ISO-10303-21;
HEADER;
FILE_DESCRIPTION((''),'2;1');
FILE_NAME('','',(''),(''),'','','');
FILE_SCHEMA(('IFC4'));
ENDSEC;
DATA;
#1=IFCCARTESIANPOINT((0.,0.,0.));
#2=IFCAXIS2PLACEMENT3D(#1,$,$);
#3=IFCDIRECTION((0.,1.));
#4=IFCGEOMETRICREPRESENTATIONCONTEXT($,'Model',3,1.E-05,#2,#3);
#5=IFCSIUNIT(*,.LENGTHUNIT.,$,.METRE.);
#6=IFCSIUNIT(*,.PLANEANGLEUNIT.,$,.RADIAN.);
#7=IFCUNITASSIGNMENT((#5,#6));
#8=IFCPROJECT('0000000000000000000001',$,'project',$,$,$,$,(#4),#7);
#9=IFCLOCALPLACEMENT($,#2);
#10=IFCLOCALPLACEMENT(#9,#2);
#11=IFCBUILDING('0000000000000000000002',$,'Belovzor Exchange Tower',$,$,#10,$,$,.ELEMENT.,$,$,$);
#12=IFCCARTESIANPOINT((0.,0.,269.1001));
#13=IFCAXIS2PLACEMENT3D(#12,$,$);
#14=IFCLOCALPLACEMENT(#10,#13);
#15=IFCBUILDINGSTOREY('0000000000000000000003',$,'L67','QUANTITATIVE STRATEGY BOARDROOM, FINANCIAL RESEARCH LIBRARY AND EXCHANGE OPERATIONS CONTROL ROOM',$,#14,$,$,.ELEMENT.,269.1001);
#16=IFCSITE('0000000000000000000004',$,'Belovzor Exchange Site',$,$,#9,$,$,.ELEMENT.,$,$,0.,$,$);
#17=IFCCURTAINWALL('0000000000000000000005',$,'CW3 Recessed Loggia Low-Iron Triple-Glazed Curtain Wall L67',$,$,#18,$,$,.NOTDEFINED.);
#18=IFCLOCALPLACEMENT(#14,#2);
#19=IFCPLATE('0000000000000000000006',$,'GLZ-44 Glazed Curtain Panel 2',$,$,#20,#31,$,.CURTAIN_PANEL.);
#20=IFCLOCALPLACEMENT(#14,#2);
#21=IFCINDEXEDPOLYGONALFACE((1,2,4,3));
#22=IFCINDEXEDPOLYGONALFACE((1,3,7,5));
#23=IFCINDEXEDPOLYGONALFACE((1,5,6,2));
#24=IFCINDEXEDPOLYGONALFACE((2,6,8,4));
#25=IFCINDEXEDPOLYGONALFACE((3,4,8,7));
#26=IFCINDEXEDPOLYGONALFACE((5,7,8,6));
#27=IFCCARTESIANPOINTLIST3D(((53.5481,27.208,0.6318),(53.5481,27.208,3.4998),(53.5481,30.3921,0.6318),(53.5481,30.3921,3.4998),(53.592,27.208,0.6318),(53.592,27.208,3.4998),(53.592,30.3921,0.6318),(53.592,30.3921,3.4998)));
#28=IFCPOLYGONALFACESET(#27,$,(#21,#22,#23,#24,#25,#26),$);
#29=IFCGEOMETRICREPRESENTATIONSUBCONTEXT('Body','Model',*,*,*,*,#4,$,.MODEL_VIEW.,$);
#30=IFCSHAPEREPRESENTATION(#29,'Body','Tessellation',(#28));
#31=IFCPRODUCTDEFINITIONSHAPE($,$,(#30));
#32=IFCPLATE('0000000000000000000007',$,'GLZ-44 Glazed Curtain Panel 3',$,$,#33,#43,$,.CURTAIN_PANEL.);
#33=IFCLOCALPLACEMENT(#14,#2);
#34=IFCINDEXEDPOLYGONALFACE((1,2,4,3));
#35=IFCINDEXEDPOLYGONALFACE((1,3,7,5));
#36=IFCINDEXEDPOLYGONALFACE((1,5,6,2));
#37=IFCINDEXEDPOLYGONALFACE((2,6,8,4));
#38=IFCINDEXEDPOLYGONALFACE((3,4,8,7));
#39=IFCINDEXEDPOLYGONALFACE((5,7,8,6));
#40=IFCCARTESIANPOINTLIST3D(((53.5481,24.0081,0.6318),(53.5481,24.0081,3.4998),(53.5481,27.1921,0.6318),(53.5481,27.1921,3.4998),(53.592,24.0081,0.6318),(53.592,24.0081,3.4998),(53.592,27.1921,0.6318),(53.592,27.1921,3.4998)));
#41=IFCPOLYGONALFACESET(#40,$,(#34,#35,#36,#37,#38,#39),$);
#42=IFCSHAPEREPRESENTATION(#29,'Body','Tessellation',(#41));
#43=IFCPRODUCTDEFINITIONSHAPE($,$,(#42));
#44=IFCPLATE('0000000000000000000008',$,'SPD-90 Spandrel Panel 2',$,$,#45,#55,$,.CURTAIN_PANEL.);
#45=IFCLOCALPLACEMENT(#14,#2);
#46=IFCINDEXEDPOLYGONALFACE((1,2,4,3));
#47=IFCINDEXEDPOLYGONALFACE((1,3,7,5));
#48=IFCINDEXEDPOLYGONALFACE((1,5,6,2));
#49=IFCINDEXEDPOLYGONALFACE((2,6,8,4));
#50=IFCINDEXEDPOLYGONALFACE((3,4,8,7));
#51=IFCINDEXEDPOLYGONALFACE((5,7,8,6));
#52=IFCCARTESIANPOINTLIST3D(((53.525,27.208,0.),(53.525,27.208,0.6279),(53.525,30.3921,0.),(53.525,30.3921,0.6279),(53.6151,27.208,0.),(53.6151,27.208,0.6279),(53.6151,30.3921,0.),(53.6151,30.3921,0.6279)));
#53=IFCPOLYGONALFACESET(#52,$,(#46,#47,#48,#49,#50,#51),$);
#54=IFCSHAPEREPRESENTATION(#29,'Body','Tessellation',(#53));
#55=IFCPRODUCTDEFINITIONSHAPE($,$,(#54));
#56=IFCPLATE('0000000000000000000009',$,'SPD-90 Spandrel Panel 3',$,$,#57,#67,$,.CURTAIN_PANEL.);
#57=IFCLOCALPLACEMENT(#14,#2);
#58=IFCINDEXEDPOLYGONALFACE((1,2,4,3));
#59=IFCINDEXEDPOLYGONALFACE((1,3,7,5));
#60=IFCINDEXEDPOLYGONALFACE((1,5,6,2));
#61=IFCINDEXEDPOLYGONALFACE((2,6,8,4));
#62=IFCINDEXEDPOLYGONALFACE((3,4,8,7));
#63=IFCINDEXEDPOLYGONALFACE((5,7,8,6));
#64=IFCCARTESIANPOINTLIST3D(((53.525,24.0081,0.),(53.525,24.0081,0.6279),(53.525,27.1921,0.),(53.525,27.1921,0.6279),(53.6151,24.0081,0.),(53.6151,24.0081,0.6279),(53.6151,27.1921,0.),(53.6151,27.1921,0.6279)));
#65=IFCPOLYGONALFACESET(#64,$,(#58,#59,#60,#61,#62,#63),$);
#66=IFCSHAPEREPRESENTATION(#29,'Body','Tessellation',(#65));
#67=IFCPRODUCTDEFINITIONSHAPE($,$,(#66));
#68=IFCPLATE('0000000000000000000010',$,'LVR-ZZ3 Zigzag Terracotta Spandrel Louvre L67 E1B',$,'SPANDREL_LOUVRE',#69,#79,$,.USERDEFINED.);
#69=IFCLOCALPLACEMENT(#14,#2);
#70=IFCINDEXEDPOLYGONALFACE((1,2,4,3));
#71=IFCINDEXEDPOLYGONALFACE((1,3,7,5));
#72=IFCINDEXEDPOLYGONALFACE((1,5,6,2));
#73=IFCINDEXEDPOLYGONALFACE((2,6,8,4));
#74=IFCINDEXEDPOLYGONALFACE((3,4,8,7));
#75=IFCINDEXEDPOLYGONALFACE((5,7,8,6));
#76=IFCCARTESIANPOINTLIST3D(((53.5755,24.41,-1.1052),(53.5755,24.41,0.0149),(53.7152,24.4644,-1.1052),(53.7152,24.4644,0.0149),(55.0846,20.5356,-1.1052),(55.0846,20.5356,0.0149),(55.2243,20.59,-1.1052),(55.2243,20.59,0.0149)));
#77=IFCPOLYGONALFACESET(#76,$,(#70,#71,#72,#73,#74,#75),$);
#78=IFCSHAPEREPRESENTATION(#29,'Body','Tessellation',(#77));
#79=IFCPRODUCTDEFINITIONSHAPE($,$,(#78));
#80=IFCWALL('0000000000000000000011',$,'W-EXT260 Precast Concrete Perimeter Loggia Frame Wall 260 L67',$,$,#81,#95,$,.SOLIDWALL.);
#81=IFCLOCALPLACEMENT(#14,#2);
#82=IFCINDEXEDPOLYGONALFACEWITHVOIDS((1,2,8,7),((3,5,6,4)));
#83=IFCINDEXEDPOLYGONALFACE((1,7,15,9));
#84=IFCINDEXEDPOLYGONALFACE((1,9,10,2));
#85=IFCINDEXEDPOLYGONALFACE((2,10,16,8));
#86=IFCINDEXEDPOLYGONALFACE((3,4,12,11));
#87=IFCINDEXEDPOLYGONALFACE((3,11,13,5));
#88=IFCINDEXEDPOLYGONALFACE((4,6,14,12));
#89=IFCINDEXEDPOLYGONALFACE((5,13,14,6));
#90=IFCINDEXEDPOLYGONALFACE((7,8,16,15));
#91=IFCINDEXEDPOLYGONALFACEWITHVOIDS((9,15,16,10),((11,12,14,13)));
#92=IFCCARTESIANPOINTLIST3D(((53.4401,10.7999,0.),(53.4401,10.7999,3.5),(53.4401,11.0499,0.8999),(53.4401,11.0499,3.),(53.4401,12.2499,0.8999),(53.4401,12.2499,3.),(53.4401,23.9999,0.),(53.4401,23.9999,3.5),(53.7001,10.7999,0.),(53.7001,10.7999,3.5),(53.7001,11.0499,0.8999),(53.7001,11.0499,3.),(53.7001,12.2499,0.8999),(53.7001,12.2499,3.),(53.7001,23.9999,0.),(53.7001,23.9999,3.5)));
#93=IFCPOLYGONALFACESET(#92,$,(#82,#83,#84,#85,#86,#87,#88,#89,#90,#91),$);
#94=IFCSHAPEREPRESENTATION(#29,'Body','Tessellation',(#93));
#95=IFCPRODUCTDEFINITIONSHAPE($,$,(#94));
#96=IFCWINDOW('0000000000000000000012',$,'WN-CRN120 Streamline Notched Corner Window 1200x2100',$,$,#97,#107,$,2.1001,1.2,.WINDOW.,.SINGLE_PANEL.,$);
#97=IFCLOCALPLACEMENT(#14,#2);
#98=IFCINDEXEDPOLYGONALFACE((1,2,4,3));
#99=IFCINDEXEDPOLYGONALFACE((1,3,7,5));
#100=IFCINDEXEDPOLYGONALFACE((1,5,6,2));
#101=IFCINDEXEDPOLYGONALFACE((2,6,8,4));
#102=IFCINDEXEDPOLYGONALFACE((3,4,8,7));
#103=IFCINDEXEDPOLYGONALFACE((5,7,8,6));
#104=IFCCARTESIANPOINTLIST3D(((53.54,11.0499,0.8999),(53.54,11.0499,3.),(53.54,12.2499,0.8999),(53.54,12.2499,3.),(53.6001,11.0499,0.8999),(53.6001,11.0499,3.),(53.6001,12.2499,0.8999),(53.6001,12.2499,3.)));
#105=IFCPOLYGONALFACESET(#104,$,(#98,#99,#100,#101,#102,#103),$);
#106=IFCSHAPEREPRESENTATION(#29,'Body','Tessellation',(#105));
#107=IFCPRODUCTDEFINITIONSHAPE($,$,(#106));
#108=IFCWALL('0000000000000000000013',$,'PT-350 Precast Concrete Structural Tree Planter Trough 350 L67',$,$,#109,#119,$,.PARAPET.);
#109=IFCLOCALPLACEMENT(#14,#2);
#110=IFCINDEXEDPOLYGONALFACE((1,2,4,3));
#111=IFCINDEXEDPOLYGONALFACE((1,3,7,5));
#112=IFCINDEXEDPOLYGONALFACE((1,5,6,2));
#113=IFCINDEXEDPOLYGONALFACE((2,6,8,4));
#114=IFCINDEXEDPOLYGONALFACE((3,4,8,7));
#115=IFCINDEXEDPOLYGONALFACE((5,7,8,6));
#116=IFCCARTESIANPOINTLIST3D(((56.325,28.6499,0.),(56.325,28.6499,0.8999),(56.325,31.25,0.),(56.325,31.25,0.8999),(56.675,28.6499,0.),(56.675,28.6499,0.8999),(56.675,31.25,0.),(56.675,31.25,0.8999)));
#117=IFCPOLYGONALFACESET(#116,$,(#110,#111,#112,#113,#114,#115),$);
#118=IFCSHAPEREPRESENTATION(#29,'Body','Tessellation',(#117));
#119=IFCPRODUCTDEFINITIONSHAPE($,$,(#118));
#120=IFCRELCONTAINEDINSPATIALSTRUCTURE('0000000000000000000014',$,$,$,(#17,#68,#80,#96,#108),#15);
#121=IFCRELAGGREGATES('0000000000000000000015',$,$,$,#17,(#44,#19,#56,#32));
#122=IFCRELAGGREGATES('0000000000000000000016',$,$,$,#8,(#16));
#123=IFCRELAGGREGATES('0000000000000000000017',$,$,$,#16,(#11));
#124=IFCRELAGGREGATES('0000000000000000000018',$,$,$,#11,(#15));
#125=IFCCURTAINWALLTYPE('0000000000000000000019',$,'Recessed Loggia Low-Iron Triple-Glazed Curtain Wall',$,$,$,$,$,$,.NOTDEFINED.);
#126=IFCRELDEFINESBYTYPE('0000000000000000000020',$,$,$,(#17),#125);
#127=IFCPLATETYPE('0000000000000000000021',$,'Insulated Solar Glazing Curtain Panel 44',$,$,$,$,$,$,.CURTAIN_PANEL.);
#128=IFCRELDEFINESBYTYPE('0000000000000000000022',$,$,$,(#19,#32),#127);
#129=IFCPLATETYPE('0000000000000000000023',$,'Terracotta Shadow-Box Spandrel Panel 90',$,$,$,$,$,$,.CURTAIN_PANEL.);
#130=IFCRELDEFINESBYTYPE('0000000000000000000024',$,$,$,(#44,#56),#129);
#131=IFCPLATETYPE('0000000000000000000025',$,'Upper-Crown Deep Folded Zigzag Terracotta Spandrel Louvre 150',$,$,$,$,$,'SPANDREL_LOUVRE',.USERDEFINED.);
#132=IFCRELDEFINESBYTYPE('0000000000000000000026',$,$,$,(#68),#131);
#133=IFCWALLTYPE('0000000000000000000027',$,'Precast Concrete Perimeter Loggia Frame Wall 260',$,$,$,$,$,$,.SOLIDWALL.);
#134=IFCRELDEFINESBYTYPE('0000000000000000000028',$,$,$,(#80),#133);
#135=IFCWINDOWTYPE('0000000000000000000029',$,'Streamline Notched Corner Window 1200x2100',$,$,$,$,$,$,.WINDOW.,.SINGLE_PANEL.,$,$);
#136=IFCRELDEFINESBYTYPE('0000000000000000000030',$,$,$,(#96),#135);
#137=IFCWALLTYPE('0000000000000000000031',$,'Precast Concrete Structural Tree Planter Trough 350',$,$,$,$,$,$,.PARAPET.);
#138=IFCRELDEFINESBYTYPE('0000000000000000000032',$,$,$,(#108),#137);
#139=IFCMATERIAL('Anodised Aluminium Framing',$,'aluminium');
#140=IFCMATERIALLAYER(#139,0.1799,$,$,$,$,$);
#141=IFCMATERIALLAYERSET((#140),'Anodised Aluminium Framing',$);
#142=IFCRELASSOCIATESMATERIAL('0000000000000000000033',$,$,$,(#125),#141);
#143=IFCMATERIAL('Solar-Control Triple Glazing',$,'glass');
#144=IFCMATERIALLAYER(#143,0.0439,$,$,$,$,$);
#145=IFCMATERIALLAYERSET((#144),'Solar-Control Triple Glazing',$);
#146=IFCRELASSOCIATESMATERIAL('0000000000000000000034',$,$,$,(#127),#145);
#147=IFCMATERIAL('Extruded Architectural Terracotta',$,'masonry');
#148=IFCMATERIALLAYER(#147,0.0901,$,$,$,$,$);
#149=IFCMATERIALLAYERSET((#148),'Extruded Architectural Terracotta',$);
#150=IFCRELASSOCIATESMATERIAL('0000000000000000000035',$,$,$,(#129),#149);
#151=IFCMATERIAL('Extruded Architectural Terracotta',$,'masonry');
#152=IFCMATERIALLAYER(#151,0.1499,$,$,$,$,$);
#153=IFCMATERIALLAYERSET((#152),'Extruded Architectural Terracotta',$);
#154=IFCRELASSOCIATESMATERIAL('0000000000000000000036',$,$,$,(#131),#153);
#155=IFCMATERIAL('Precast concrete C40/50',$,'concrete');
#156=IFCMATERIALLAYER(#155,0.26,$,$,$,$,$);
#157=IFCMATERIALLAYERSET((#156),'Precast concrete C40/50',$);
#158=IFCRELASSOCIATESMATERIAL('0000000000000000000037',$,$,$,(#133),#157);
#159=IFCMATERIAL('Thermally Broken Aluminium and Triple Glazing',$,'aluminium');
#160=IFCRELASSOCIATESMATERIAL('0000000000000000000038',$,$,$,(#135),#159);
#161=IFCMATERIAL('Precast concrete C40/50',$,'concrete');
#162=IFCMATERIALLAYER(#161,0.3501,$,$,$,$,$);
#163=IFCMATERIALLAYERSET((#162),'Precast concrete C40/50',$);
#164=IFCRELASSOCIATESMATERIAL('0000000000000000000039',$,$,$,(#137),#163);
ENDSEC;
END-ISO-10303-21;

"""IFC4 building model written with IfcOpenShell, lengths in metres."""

from ifc_helpers import new_model, si_unit, direction, frame, frame_2d, origin, origin_2d, place, context, subcontext, project, spatial, rectangle, extrude, material, layer, layer_set, type_object, element, fill, aggregate, save


model = new_model("IFC4")

# Units and contexts
model_context = context("Model", 3, precision=1e-05, world=origin(), true_north=direction((0.0, 1.0)))
body_context = subcontext(model_context, "Body", "Model", "MODEL_VIEW")
ifc_project = project(units=[si_unit("LENGTHUNIT", "METRE"), si_unit("PLANEANGLEUNIT", "RADIAN")], contexts=[model_context])

# Site, building, storey
site_placement = place(None, origin())
site = spatial("IfcSite", under=ifc_project, at=site_placement, Name="Belovzor Exchange Site", CompositionType="ELEMENT", RefElevation=0.0)
building_placement = place(site_placement, origin())
building = spatial("IfcBuilding", under=site, at=building_placement, Name="Belovzor Exchange Tower", CompositionType="ELEMENT")
storey_placement = place(building_placement, frame((0.0, 0.0, 269.1001)))
storey = spatial("IfcBuildingStorey", under=building, at=storey_placement, Name="L67", Description="QUANTITATIVE STRATEGY BOARDROOM, FINANCIAL RESEARCH LIBRARY AND EXCHANGE OPERATIONS CONTROL ROOM", CompositionType="ELEMENT", Elevation=269.1001)

# Curtain wall
ifc_material_1 = material(Name="Anodised Aluminium Framing", Category="aluminium")
ifc_layer_1 = layer(ifc_material_1, 0.1799)
ifc_layer_set_1 = layer_set([ifc_layer_1], Name="Anodised Aluminium Framing")
curtain_wall_type = type_object("IfcCurtainWallType", Name="Recessed Loggia Low-Iron Triple-Glazed Curtain Wall", PredefinedType="NOTDEFINED", material=ifc_layer_set_1)
curtain_wall_placement = place(storey_placement, origin())
curtain_wall = element("IfcCurtainWall", 1, at=curtain_wall_placement, inside=storey, type_object=curtain_wall_type, Name="CW3 Recessed Loggia Low-Iron Triple-Glazed Curtain Wall L67", PredefinedType="NOTDEFINED")

# Plates
ifc_material_2 = material(Name="Solar-Control Triple Glazing", Category="glass")
ifc_layer_2 = layer(ifc_material_2, 0.0439)
ifc_layer_set_2 = layer_set([ifc_layer_2], Name="Solar-Control Triple Glazing")
plate_type_1 = type_object("IfcPlateType", Name="Insulated Solar Glazing Curtain Panel 44", PredefinedType="CURTAIN_PANEL", material=ifc_layer_set_2)
plate_1_placement = place(storey_placement, frame((53.5701, 28.8, 0.6318), z_axis=(0.0, 0.0, 1.0), x_axis=(0.0, -1.0, 0.0)))
plate_1 = element("IfcPlate", 2, at=plate_1_placement, type_object=plate_type_1, Name="GLZ-44 Glazed Curtain Panel 2", PredefinedType="CURTAIN_PANEL", context=body_context, shape_type="SweptSolid", body=[
    extrude(rectangle(XDim=3.1841, YDim=0.0439, at=origin_2d()), origin(), (0.0, 0.0, 1.0), 2.8679),
])
plate_2_placement = place(storey_placement, frame((53.5701, 25.6001, 0.6318), z_axis=(0.0, 0.0, 1.0), x_axis=(0.0, -1.0, 0.0)))
plate_2 = element("IfcPlate", 3, at=plate_2_placement, type_object=plate_type_1, Name="GLZ-44 Glazed Curtain Panel 3", PredefinedType="CURTAIN_PANEL", context=body_context, shape_type="SweptSolid", body=[
    extrude(rectangle(XDim=3.1841, YDim=0.0439, at=origin_2d()), origin(), (0.0, 0.0, 1.0), 2.8679),
])
ifc_material_3 = material(Name="Extruded Architectural Terracotta", Category="masonry")
ifc_layer_3 = layer(ifc_material_3, 0.0901)
ifc_layer_set_3 = layer_set([ifc_layer_3], Name="Extruded Architectural Terracotta")
plate_type_2 = type_object("IfcPlateType", Name="Terracotta Shadow-Box Spandrel Panel 90", PredefinedType="CURTAIN_PANEL", material=ifc_layer_set_3)
plate_3_placement = place(storey_placement, frame((53.5701, 28.8, 0.0), z_axis=(0.0, 0.0, 1.0), x_axis=(0.0, -1.0, 0.0)))
plate_3 = element("IfcPlate", 4, at=plate_3_placement, type_object=plate_type_2, Name="SPD-90 Spandrel Panel 2", PredefinedType="CURTAIN_PANEL", context=body_context, shape_type="SweptSolid", body=[
    extrude(rectangle(XDim=3.1841, YDim=0.0901, at=origin_2d()), origin(), (0.0, 0.0, 1.0), 0.6279),
])
plate_4_placement = place(storey_placement, frame((53.5701, 25.6001, 0.0), z_axis=(0.0, 0.0, 1.0), x_axis=(0.0, -1.0, 0.0)))
plate_4 = element("IfcPlate", 5, at=plate_4_placement, type_object=plate_type_2, Name="SPD-90 Spandrel Panel 3", PredefinedType="CURTAIN_PANEL", context=body_context, shape_type="SweptSolid", body=[
    extrude(rectangle(XDim=3.1841, YDim=0.0901, at=origin_2d()), origin(), (0.0, 0.0, 1.0), 0.6279),
])
aggregate(curtain_wall, [plate_3, plate_1, plate_4, plate_2])
ifc_material_4 = material(Name="Extruded Architectural Terracotta", Category="masonry")
ifc_layer_4 = layer(ifc_material_4, 0.1499)
ifc_layer_set_4 = layer_set([ifc_layer_4], Name="Extruded Architectural Terracotta")
plate_type_3 = type_object("IfcPlateType", Name="Upper-Crown Deep Folded Zigzag Terracotta Spandrel Louvre 150", ElementType="SPANDREL_LOUVRE", PredefinedType="USERDEFINED", material=ifc_layer_set_4)
plate_5_placement = place(storey_placement, frame((54.3999, 22.5, -1.1052), z_axis=(0.0, 0.0, 1.0), x_axis=(-0.362926, 0.931818, 0.0)))
element("IfcPlate", 6, at=plate_5_placement, inside=storey, type_object=plate_type_3, Name="LVR-ZZ3 Zigzag Terracotta Spandrel Louvre L67 E1B", ObjectType="SPANDREL_LOUVRE", PredefinedType="USERDEFINED", context=body_context, shape_type="SweptSolid", body=[
    extrude(rectangle(XDim=4.158, YDim=0.1499, at=origin_2d()), origin(), (0.0, 0.0, 1.0), 1.1201),
])

# Wall, opening, window
ifc_material_5 = material(Name="Precast concrete C40/50", Category="concrete")
ifc_layer_5 = layer(ifc_material_5, 0.26)
ifc_layer_set_5 = layer_set([ifc_layer_5], Name="Precast concrete C40/50")
wall_type_1 = type_object("IfcWallType", Name="Precast Concrete Perimeter Loggia Frame Wall 260", PredefinedType="SOLIDWALL", material=ifc_layer_set_5)
wall_1_placement = place(storey_placement, frame((53.5701, 24.0, 0.0), z_axis=(0.0, 0.0, 1.0), x_axis=(0.0, -1.0, 0.0)))
wall_1 = element("IfcWall", 7, at=wall_1_placement, inside=storey, type_object=wall_type_1, Name="W-EXT260 Precast Concrete Perimeter Loggia Frame Wall 260 L67", PredefinedType="SOLIDWALL", context=body_context, shape_type="SweptSolid", body=[
    extrude(rectangle(XDim=13.2, YDim=0.26, at=frame_2d((6.6001, 0.0))), origin(), (0.0, 0.0, 1.0), 3.5),
])
opening_placement = place(wall_1_placement, frame((11.75, 0.0, 0.8999)))
opening = element("IfcOpeningElement", 8, at=opening_placement, cuts=wall_1, PredefinedType="OPENING", context=body_context, shape_type="SweptSolid", body=[
    extrude(rectangle(XDim=1.2, YDim=2.1001, at=frame_2d((0.6001, 1.05))), frame((0.0, 0.1399, 0.0), z_axis=(0.0, -1.0, 0.0), x_axis=(1.0, 0.0, 0.0)), (0.0, 0.0, 1.0), 0.28),
])
ifc_material_6 = material(Name="Thermally Broken Aluminium and Triple Glazing", Category="aluminium")
window_type = type_object("IfcWindowType", Name="Streamline Notched Corner Window 1200x2100", PartitioningType="SINGLE_PANEL", PredefinedType="WINDOW", material=ifc_material_6)
window_placement = place(opening_placement, origin())
window = element("IfcWindow", 9, at=window_placement, inside=storey, type_object=window_type, Name="WN-CRN120 Streamline Notched Corner Window 1200x2100", OverallHeight=2.1001, OverallWidth=1.2, PartitioningType="SINGLE_PANEL", PredefinedType="WINDOW", context=body_context, shape_type="SweptSolid", body=[
    extrude(rectangle(XDim=1.2, YDim=2.1001, at=frame_2d((0.6001, 1.05))), frame((0.0, 0.03, 0.0), z_axis=(0.0, -1.0, 0.0), x_axis=(1.0, 0.0, 0.0)), (0.0, 0.0, 1.0), 0.0601),
])
fill(opening, window)

# Wall
ifc_material_7 = material(Name="Precast concrete C40/50", Category="concrete")
ifc_layer_6 = layer(ifc_material_7, 0.3501)
ifc_layer_set_6 = layer_set([ifc_layer_6], Name="Precast concrete C40/50")
wall_type_2 = type_object("IfcWallType", Name="Precast Concrete Structural Tree Planter Trough 350", PredefinedType="PARAPET", material=ifc_layer_set_6)
wall_2_placement = place(storey_placement, frame((56.5, 28.6499, 0.0), z_axis=(0.0, 0.0, 1.0), x_axis=(0.0, 1.0, 0.0)))
element("IfcWall", 10, at=wall_2_placement, inside=storey, type_object=wall_type_2, Name="PT-350 Precast Concrete Structural Tree Planter Trough 350 L67", PredefinedType="PARAPET", context=body_context, shape_type="SweptSolid", body=[
    extrude(rectangle(XDim=2.6001, YDim=0.3501, at=frame_2d((1.3, 0.0))), origin(), (0.0, 0.0, 1.0), 0.8999),
])

save(model, "model.ifc")
